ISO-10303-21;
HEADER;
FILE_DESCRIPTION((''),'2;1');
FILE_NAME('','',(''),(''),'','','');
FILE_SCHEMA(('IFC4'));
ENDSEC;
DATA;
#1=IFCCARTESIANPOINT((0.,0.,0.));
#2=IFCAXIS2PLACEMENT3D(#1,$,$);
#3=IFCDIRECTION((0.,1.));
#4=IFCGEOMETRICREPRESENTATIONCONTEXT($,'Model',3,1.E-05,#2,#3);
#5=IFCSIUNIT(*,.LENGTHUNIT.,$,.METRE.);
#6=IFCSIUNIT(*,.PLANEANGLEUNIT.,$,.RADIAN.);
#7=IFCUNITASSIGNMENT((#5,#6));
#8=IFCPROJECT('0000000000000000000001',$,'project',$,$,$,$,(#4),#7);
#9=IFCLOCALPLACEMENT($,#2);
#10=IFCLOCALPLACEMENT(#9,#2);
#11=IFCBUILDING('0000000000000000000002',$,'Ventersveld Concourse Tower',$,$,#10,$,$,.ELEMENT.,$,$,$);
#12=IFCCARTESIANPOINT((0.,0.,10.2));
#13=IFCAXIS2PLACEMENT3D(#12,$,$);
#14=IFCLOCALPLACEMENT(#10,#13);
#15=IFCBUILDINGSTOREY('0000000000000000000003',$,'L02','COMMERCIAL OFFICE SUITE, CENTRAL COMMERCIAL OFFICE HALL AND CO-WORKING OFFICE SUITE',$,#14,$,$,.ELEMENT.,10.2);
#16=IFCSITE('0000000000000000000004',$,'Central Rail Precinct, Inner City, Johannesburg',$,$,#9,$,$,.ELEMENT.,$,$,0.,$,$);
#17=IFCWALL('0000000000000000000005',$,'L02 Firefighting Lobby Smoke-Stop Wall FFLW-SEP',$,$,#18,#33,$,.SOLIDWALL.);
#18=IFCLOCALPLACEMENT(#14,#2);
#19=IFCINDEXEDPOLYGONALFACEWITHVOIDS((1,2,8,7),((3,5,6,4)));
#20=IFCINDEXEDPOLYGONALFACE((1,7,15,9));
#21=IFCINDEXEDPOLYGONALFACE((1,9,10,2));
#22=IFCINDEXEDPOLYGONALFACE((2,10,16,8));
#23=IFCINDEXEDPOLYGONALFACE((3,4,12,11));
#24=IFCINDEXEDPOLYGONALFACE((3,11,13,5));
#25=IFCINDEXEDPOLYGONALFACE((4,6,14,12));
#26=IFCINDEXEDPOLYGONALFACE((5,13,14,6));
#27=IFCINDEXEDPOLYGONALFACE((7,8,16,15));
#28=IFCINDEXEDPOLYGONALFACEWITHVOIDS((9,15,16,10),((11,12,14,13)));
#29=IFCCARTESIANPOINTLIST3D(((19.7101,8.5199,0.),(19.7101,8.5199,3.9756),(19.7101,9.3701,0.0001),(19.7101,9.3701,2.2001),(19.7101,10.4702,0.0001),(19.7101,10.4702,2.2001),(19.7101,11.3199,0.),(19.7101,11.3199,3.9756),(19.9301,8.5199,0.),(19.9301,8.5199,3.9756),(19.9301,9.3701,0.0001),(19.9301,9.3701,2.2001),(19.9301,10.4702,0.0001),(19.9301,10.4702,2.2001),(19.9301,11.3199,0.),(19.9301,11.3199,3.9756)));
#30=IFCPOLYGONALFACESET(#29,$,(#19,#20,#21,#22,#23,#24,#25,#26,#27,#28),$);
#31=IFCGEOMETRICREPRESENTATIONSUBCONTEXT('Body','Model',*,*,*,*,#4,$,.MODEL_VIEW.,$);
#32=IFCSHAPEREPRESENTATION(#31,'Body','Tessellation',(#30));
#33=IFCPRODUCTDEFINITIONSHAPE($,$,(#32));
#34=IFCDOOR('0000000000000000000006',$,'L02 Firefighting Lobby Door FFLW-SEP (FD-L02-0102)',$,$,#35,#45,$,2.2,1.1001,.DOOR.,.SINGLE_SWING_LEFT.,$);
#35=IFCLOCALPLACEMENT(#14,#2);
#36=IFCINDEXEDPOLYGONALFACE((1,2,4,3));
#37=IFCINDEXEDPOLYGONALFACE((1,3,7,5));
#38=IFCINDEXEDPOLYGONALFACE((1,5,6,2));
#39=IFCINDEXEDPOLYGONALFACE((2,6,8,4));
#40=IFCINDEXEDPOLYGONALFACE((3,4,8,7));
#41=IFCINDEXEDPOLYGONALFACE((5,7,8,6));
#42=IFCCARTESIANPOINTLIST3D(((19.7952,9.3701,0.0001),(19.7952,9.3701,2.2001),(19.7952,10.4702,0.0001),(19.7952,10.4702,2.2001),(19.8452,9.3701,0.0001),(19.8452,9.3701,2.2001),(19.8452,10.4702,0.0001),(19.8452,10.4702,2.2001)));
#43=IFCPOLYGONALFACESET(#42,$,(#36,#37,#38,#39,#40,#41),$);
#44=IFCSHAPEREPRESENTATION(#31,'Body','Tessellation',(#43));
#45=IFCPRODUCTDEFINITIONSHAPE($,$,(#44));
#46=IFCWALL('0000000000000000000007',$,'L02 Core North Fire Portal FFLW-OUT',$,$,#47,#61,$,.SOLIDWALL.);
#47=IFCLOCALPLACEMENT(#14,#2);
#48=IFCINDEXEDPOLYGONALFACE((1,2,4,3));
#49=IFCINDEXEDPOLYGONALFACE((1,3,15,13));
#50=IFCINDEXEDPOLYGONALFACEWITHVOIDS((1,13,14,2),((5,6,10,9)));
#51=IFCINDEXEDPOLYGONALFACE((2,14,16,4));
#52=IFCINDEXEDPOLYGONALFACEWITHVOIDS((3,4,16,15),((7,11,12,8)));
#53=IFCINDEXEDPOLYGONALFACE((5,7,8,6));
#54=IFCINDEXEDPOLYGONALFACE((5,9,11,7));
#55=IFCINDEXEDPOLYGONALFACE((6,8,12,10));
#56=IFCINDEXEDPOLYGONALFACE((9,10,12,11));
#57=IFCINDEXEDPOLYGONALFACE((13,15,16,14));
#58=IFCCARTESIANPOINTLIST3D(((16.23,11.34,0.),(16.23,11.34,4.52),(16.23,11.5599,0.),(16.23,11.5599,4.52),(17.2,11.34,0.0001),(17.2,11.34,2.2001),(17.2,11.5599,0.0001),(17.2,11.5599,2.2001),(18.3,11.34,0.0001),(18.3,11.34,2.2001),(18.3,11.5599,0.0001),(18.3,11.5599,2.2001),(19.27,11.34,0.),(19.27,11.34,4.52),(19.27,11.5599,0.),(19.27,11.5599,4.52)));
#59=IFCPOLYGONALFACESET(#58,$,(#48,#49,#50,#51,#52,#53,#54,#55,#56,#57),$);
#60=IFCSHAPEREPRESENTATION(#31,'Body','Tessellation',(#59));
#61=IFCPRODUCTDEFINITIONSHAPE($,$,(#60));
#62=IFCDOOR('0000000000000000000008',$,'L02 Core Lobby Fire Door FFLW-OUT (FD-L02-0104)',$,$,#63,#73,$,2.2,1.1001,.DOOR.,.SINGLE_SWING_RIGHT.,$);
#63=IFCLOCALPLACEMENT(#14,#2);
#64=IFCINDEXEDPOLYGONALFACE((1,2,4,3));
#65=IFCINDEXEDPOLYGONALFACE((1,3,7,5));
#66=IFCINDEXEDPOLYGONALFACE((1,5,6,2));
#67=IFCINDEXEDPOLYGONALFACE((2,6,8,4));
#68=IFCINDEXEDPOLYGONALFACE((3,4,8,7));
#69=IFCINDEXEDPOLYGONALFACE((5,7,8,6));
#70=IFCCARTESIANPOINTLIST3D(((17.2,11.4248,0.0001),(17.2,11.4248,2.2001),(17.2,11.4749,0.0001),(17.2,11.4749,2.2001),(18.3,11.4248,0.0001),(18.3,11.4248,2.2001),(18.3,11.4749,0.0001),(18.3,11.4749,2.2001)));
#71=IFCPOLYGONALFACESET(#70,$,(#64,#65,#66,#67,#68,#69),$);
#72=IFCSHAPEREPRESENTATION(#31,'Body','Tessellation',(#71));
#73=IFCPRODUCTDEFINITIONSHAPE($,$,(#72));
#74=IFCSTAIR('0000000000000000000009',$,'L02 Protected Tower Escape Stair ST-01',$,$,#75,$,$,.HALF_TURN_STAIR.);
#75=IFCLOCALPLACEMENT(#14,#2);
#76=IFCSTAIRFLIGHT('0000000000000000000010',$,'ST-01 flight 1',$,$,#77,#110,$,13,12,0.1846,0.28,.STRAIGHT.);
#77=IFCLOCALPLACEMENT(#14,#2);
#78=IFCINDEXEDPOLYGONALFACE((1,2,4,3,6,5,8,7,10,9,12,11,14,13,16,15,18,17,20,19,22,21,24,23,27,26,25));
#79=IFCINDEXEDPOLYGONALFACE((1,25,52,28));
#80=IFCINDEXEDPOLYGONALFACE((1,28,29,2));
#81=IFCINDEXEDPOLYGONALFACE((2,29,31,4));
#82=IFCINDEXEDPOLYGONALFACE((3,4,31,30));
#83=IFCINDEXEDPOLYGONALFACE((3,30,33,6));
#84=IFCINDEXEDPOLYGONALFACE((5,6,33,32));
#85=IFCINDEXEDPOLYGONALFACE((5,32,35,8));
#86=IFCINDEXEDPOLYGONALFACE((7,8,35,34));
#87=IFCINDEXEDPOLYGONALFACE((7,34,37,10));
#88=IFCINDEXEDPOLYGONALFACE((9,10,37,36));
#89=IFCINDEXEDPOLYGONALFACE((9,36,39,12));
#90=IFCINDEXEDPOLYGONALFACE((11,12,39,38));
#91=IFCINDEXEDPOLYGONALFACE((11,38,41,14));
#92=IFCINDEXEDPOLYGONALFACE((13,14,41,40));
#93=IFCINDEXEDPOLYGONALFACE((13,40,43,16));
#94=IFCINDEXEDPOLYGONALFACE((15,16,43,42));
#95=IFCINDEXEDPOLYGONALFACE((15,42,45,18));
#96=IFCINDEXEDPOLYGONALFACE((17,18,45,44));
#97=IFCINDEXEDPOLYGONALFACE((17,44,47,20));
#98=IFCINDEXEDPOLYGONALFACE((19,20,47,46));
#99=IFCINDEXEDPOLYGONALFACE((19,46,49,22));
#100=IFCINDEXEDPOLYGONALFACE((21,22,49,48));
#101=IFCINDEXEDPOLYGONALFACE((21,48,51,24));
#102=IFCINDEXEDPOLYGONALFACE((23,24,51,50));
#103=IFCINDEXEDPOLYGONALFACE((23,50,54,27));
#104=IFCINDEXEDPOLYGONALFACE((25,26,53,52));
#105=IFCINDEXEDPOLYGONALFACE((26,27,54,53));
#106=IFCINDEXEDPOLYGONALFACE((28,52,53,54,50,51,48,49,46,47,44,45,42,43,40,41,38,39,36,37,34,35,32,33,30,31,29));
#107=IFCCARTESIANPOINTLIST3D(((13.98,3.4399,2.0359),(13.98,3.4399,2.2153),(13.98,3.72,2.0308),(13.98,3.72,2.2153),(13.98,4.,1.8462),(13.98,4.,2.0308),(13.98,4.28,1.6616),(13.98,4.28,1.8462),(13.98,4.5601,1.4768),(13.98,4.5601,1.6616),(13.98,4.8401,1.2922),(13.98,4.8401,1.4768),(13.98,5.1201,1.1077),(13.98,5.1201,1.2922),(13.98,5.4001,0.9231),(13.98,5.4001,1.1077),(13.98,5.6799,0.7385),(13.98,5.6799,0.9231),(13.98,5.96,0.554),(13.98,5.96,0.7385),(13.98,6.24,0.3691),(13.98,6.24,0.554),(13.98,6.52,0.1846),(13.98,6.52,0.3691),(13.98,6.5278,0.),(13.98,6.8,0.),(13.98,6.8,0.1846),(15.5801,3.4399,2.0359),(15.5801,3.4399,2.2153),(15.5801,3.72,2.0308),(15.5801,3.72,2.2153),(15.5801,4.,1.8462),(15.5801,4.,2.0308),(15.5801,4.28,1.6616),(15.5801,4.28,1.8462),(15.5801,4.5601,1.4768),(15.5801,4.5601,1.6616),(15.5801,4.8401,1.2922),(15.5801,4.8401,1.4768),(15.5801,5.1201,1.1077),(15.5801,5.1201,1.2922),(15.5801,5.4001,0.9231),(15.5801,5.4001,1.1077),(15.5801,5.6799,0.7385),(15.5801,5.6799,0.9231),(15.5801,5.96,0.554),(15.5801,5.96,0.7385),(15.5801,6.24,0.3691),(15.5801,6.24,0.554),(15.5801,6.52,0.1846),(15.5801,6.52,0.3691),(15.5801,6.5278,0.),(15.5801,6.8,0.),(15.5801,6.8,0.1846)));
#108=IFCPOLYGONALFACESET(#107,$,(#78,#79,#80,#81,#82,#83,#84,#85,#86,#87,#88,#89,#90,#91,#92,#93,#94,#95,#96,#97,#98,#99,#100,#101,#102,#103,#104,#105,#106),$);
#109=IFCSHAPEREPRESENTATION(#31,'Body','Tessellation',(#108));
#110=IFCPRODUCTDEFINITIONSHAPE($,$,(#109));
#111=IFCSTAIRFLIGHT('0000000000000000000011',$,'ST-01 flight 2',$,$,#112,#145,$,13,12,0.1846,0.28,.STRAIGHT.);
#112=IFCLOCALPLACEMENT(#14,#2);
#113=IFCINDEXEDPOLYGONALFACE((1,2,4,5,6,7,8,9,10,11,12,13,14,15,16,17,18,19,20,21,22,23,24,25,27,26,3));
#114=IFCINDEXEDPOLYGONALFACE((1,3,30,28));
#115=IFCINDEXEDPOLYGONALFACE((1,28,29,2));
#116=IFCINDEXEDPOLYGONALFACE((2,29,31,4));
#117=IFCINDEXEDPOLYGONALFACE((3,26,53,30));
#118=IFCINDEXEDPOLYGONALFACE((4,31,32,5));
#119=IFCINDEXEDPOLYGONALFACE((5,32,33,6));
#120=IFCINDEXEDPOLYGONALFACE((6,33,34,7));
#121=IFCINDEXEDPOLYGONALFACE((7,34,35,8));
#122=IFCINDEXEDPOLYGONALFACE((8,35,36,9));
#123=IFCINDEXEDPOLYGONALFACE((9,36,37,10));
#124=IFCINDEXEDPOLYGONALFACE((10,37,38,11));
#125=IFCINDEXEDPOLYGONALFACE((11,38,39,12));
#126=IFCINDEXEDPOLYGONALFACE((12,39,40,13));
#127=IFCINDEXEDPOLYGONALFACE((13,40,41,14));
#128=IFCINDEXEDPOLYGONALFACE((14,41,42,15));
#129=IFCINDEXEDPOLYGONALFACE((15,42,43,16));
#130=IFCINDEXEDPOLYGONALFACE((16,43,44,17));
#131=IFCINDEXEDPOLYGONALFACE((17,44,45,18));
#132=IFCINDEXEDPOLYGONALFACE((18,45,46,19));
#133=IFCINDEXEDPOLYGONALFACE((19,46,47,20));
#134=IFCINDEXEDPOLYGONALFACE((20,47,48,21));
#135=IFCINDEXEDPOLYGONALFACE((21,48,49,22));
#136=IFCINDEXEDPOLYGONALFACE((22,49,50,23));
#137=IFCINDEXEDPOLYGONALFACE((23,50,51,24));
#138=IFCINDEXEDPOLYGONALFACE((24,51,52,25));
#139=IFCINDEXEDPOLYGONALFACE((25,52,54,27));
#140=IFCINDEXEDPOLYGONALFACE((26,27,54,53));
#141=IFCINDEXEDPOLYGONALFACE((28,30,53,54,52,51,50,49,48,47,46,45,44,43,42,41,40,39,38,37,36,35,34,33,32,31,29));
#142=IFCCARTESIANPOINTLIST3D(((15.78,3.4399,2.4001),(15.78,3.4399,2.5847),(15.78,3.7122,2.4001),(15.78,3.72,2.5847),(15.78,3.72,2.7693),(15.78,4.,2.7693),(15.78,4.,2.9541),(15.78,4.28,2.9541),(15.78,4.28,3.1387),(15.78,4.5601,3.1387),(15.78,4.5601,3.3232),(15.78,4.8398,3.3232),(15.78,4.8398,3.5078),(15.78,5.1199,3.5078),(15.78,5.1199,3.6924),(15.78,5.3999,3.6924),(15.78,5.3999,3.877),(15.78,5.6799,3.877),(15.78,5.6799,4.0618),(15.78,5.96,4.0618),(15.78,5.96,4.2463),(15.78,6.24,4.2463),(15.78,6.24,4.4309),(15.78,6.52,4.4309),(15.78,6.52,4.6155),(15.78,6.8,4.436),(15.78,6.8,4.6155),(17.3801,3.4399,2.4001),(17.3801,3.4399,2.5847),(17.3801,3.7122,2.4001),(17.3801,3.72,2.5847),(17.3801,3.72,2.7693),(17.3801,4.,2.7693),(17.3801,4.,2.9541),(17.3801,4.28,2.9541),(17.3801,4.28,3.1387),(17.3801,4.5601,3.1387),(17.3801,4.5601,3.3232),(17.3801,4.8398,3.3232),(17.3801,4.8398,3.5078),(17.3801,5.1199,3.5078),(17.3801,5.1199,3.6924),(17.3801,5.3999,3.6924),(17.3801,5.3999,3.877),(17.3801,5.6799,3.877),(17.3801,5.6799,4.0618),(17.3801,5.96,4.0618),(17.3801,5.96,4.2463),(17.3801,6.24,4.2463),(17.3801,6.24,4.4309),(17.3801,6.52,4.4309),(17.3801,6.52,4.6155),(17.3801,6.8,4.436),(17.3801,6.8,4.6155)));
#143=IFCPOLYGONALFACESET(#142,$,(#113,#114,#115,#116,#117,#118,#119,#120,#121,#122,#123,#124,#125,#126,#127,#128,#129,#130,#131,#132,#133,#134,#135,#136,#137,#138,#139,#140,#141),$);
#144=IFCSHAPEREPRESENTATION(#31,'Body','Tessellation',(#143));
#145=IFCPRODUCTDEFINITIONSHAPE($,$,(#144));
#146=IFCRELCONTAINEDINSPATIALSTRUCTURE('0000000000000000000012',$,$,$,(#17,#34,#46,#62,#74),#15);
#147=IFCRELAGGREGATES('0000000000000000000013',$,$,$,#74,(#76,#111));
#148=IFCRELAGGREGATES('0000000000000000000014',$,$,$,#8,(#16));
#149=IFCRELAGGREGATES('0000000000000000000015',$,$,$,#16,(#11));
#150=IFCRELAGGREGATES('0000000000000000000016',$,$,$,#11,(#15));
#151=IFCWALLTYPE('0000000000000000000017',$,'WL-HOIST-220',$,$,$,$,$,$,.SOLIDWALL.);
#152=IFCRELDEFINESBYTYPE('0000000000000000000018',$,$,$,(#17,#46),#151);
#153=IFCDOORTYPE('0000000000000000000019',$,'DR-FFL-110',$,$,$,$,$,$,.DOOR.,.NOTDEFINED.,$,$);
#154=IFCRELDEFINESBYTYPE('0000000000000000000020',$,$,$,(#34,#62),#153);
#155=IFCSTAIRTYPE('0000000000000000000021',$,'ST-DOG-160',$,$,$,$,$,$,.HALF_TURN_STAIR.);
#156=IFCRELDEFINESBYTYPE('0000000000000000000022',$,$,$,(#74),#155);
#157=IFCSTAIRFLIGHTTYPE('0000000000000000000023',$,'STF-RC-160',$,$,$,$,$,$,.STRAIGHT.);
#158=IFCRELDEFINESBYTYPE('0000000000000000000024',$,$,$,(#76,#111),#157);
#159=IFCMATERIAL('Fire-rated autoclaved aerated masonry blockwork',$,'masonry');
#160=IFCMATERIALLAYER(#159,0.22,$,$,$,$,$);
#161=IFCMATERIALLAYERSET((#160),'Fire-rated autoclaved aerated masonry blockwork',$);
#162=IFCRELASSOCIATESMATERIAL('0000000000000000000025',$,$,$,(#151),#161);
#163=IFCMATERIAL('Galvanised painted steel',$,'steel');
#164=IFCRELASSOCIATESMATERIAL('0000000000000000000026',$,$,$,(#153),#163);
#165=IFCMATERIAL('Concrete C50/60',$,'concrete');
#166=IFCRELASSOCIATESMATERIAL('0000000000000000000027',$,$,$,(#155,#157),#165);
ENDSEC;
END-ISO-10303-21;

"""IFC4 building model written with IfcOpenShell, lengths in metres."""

from ifc_helpers import new_model, si_unit, direction, frame, frame_2d, origin, place, context, subcontext, project, spatial, polyline, rectangle, outline, extrude, material, layer, layer_set, type_object, element, fill, aggregate, save


model = new_model("IFC4")

# Units and contexts
model_context = context("Model", 3, precision=1e-05, world=origin(), true_north=direction((0.0, 1.0)))
body_context = subcontext(model_context, "Body", "Model", "MODEL_VIEW")
ifc_project = project(units=[si_unit("LENGTHUNIT", "METRE"), si_unit("PLANEANGLEUNIT", "RADIAN")], contexts=[model_context])

# Site, building, storey
site_placement = place(None, origin())
site = spatial("IfcSite", under=ifc_project, at=site_placement, Name="Central Rail Precinct, Inner City, Johannesburg", CompositionType="ELEMENT", RefElevation=0.0)
building_placement = place(site_placement, origin())
building = spatial("IfcBuilding", under=site, at=building_placement, Name="Ventersveld Concourse Tower", CompositionType="ELEMENT")
storey_placement = place(building_placement, frame((0.0, 0.0, 10.2)))
storey = spatial("IfcBuildingStorey", under=building, at=storey_placement, Name="L02", Description="COMMERCIAL OFFICE SUITE, CENTRAL COMMERCIAL OFFICE HALL AND CO-WORKING OFFICE SUITE", CompositionType="ELEMENT", Elevation=10.2)

# Shared definitions
ifc_material_1 = material(Name="Concrete C50/60", Category="concrete")

# Shared definitions
ifc_material_2 = material(Name="Fire-rated autoclaved aerated masonry blockwork", Category="masonry")
ifc_layer_1 = layer(ifc_material_2, 0.22)
ifc_layer_set_1 = layer_set([ifc_layer_1], Name="Fire-rated autoclaved aerated masonry blockwork")
wall_type_1 = type_object("IfcWallType", Name="WL-HOIST-220", PredefinedType="SOLIDWALL", material=ifc_layer_set_1)

# Walls, openings, doors
ifc_material_3 = material(Name="Galvanised painted steel", Category="steel")
wall_1_placement = place(storey_placement, frame((19.8201, 8.52, 0.0), z_axis=(0.0, 0.0, 1.0), x_axis=(0.0, 1.0, 0.0)))
wall_1 = element("IfcWall", 1, at=wall_1_placement, inside=storey, type_object=wall_type_1, Name="L02 Firefighting Lobby Smoke-Stop Wall FFLW-SEP", PredefinedType="SOLIDWALL", context=body_context, shape_type="SweptSolid", body=[
    extrude(rectangle(XDim=2.8, YDim=0.22, at=frame_2d((1.3999, 0.0))), origin(), (0.0, 0.0, 1.0), 3.9756),
])
opening_1_placement = place(wall_1_placement, frame((0.8501, 0.0, 0.0)))
opening_1 = element("IfcOpeningElement", 2, at=opening_1_placement, cuts=wall_1, PredefinedType="OPENING", context=body_context, shape_type="SweptSolid", body=[
    extrude(rectangle(XDim=1.1001, YDim=2.2, at=frame_2d((0.55, 1.1001))), frame((0.0, 0.1201, 0.0), z_axis=(0.0, -1.0, 0.0), x_axis=(1.0, 0.0, 0.0)), (0.0, 0.0, 1.0), 0.24),
])
door_type_1 = type_object("IfcDoorType", Name="DR-FFL-110", OperationType="NOTDEFINED", PredefinedType="DOOR", material=ifc_material_3)
door_1_placement = place(opening_1_placement, origin())
door_1 = element("IfcDoor", 3, at=door_1_placement, inside=storey, type_object=door_type_1, Name="L02 Firefighting Lobby Door FFLW-SEP (FD-L02-0102)", OperationType="SINGLE_SWING_LEFT", OverallHeight=2.2, OverallWidth=1.1001, PredefinedType="DOOR", context=body_context, shape_type="SweptSolid", body=[
    extrude(rectangle(XDim=1.1001, YDim=2.2, at=frame_2d((0.55, 1.1001))), frame((0.0, 0.0249, 0.0), z_axis=(0.0, -1.0, 0.0), x_axis=(1.0, 0.0, 0.0)), (0.0, 0.0, 1.0), 0.05),
])
fill(opening_1, door_1)
wall_2_placement = place(storey_placement, frame((16.23, 11.45, 0.0), z_axis=(0.0, 0.0, 1.0), x_axis=(1.0, 0.0, 0.0)))
wall_2 = element("IfcWall", 4, at=wall_2_placement, inside=storey, type_object=wall_type_1, Name="L02 Core North Fire Portal FFLW-OUT", PredefinedType="SOLIDWALL", context=body_context, shape_type="SweptSolid", body=[
    extrude(rectangle(XDim=3.04, YDim=0.22, at=frame_2d((1.52, 0.0))), origin(), (0.0, 0.0, 1.0), 4.52),
])
opening_2_placement = place(wall_2_placement, frame((0.97, 0.0, 0.0)))
opening_2 = element("IfcOpeningElement", 5, at=opening_2_placement, cuts=wall_2, PredefinedType="OPENING", context=body_context, shape_type="SweptSolid", body=[
    extrude(rectangle(XDim=1.1001, YDim=2.2, at=frame_2d((0.55, 1.1001))), frame((0.0, 0.1201, 0.0), z_axis=(0.0, -1.0, 0.0), x_axis=(1.0, 0.0, 0.0)), (0.0, 0.0, 1.0), 0.24),
])
door_2_placement = place(opening_2_placement, origin())
door_2 = element("IfcDoor", 6, at=door_2_placement, inside=storey, type_object=door_type_1, Name="L02 Core Lobby Fire Door FFLW-OUT (FD-L02-0104)", OperationType="SINGLE_SWING_RIGHT", OverallHeight=2.2, OverallWidth=1.1001, PredefinedType="DOOR", context=body_context, shape_type="SweptSolid", body=[
    extrude(rectangle(XDim=1.1001, YDim=2.2, at=frame_2d((0.55, 1.1001))), frame((0.0, 0.0249, 0.0), z_axis=(0.0, -1.0, 0.0), x_axis=(1.0, 0.0, 0.0)), (0.0, 0.0, 1.0), 0.05),
])
fill(opening_2, door_2)

# Stair, stair flights
stair_type = type_object("IfcStairType", Name="ST-DOG-160", PredefinedType="HALF_TURN_STAIR", material=ifc_material_1)
stair_placement = place(storey_placement, origin())
stair = element("IfcStair", 7, at=stair_placement, inside=storey, type_object=stair_type, Name="L02 Protected Tower Escape Stair ST-01", PredefinedType="HALF_TURN_STAIR")
stair_flight_type = type_object("IfcStairFlightType", Name="STF-RC-160", PredefinedType="STRAIGHT", material=ifc_material_1)
stair_flight_1_placement = place(storey_placement, frame((14.78, 6.8, 0.0), z_axis=(0.0, 0.0, 1.0), x_axis=(0.0, -1.0, 0.0)))
stair_flight_1 = element("IfcStairFlight", 8, at=stair_flight_1_placement, type_object=stair_flight_type, Name="ST-01 flight 1", NumberOfRisers=13, NumberOfTreads=12, PredefinedType="STRAIGHT", RiserHeight=0.1846, TreadLength=0.28, context=body_context, shape_type="SweptSolid", body=[
    extrude(outline(polyline([(0.0, 0.0), (0.0, 0.1846), (0.28, 0.1846), (0.28, 0.3691), (0.5601, 0.3691), (0.5601, 0.554), (0.8401, 0.554), (0.8401, 0.7385), (1.1201, 0.7385), (1.1201, 0.9231), (1.3999, 0.9231), (1.3999, 1.1077), (1.6799, 1.1077), (1.6799, 1.2922), (1.96, 1.2922), (1.96, 1.4768), (2.24, 1.4768), (2.24, 1.6616), (2.52, 1.6616), (2.52, 1.8462), (2.8, 1.8462), (2.8, 2.0308), (3.0801, 2.0308), (3.0801, 2.2153), (3.3601, 2.2153), (3.3601, 2.3999), (3.3601, 2.0359), (0.2722, 0.0), (0.0, 0.0)])), frame((0.0, 0.8, 0.0), z_axis=(0.0, -1.0, 0.0), x_axis=(1.0, 0.0, 0.0)), (0.0, 0.0, 1.0), 1.6001),
])
stair_flight_2_placement = place(storey_placement, frame((16.5801, 3.4399, 2.4001), z_axis=(0.0, 0.0, 1.0), x_axis=(0.0, 1.0, 0.0)))
stair_flight_2 = element("IfcStairFlight", 9, at=stair_flight_2_placement, type_object=stair_flight_type, Name="ST-01 flight 2", NumberOfRisers=13, NumberOfTreads=12, PredefinedType="STRAIGHT", RiserHeight=0.1846, TreadLength=0.28, context=body_context, shape_type="SweptSolid", body=[
    extrude(outline(polyline([(0.0, 0.0), (0.0, 0.1846), (0.28, 0.1846), (0.28, 0.3691), (0.5601, 0.3691), (0.5601, 0.554), (0.8401, 0.554), (0.8401, 0.7385), (1.1201, 0.7385), (1.1201, 0.9231), (1.3999, 0.9231), (1.3999, 1.1077), (1.6799, 1.1077), (1.6799, 1.2922), (1.96, 1.2922), (1.96, 1.4768), (2.24, 1.4768), (2.24, 1.6616), (2.52, 1.6616), (2.52, 1.8462), (2.8, 1.8462), (2.8, 2.0308), (3.0801, 2.0308), (3.0801, 2.2153), (3.3601, 2.2153), (3.3601, 2.3999), (3.3601, 2.0359), (0.2722, 0.0), (0.0, 0.0)])), frame((0.0, 0.8, 0.0), z_axis=(0.0, -1.0, 0.0), x_axis=(1.0, 0.0, 0.0)), (0.0, 0.0, 1.0), 1.6001),
])
aggregate(stair, [stair_flight_1, stair_flight_2])

save(model, "model.ifc")
